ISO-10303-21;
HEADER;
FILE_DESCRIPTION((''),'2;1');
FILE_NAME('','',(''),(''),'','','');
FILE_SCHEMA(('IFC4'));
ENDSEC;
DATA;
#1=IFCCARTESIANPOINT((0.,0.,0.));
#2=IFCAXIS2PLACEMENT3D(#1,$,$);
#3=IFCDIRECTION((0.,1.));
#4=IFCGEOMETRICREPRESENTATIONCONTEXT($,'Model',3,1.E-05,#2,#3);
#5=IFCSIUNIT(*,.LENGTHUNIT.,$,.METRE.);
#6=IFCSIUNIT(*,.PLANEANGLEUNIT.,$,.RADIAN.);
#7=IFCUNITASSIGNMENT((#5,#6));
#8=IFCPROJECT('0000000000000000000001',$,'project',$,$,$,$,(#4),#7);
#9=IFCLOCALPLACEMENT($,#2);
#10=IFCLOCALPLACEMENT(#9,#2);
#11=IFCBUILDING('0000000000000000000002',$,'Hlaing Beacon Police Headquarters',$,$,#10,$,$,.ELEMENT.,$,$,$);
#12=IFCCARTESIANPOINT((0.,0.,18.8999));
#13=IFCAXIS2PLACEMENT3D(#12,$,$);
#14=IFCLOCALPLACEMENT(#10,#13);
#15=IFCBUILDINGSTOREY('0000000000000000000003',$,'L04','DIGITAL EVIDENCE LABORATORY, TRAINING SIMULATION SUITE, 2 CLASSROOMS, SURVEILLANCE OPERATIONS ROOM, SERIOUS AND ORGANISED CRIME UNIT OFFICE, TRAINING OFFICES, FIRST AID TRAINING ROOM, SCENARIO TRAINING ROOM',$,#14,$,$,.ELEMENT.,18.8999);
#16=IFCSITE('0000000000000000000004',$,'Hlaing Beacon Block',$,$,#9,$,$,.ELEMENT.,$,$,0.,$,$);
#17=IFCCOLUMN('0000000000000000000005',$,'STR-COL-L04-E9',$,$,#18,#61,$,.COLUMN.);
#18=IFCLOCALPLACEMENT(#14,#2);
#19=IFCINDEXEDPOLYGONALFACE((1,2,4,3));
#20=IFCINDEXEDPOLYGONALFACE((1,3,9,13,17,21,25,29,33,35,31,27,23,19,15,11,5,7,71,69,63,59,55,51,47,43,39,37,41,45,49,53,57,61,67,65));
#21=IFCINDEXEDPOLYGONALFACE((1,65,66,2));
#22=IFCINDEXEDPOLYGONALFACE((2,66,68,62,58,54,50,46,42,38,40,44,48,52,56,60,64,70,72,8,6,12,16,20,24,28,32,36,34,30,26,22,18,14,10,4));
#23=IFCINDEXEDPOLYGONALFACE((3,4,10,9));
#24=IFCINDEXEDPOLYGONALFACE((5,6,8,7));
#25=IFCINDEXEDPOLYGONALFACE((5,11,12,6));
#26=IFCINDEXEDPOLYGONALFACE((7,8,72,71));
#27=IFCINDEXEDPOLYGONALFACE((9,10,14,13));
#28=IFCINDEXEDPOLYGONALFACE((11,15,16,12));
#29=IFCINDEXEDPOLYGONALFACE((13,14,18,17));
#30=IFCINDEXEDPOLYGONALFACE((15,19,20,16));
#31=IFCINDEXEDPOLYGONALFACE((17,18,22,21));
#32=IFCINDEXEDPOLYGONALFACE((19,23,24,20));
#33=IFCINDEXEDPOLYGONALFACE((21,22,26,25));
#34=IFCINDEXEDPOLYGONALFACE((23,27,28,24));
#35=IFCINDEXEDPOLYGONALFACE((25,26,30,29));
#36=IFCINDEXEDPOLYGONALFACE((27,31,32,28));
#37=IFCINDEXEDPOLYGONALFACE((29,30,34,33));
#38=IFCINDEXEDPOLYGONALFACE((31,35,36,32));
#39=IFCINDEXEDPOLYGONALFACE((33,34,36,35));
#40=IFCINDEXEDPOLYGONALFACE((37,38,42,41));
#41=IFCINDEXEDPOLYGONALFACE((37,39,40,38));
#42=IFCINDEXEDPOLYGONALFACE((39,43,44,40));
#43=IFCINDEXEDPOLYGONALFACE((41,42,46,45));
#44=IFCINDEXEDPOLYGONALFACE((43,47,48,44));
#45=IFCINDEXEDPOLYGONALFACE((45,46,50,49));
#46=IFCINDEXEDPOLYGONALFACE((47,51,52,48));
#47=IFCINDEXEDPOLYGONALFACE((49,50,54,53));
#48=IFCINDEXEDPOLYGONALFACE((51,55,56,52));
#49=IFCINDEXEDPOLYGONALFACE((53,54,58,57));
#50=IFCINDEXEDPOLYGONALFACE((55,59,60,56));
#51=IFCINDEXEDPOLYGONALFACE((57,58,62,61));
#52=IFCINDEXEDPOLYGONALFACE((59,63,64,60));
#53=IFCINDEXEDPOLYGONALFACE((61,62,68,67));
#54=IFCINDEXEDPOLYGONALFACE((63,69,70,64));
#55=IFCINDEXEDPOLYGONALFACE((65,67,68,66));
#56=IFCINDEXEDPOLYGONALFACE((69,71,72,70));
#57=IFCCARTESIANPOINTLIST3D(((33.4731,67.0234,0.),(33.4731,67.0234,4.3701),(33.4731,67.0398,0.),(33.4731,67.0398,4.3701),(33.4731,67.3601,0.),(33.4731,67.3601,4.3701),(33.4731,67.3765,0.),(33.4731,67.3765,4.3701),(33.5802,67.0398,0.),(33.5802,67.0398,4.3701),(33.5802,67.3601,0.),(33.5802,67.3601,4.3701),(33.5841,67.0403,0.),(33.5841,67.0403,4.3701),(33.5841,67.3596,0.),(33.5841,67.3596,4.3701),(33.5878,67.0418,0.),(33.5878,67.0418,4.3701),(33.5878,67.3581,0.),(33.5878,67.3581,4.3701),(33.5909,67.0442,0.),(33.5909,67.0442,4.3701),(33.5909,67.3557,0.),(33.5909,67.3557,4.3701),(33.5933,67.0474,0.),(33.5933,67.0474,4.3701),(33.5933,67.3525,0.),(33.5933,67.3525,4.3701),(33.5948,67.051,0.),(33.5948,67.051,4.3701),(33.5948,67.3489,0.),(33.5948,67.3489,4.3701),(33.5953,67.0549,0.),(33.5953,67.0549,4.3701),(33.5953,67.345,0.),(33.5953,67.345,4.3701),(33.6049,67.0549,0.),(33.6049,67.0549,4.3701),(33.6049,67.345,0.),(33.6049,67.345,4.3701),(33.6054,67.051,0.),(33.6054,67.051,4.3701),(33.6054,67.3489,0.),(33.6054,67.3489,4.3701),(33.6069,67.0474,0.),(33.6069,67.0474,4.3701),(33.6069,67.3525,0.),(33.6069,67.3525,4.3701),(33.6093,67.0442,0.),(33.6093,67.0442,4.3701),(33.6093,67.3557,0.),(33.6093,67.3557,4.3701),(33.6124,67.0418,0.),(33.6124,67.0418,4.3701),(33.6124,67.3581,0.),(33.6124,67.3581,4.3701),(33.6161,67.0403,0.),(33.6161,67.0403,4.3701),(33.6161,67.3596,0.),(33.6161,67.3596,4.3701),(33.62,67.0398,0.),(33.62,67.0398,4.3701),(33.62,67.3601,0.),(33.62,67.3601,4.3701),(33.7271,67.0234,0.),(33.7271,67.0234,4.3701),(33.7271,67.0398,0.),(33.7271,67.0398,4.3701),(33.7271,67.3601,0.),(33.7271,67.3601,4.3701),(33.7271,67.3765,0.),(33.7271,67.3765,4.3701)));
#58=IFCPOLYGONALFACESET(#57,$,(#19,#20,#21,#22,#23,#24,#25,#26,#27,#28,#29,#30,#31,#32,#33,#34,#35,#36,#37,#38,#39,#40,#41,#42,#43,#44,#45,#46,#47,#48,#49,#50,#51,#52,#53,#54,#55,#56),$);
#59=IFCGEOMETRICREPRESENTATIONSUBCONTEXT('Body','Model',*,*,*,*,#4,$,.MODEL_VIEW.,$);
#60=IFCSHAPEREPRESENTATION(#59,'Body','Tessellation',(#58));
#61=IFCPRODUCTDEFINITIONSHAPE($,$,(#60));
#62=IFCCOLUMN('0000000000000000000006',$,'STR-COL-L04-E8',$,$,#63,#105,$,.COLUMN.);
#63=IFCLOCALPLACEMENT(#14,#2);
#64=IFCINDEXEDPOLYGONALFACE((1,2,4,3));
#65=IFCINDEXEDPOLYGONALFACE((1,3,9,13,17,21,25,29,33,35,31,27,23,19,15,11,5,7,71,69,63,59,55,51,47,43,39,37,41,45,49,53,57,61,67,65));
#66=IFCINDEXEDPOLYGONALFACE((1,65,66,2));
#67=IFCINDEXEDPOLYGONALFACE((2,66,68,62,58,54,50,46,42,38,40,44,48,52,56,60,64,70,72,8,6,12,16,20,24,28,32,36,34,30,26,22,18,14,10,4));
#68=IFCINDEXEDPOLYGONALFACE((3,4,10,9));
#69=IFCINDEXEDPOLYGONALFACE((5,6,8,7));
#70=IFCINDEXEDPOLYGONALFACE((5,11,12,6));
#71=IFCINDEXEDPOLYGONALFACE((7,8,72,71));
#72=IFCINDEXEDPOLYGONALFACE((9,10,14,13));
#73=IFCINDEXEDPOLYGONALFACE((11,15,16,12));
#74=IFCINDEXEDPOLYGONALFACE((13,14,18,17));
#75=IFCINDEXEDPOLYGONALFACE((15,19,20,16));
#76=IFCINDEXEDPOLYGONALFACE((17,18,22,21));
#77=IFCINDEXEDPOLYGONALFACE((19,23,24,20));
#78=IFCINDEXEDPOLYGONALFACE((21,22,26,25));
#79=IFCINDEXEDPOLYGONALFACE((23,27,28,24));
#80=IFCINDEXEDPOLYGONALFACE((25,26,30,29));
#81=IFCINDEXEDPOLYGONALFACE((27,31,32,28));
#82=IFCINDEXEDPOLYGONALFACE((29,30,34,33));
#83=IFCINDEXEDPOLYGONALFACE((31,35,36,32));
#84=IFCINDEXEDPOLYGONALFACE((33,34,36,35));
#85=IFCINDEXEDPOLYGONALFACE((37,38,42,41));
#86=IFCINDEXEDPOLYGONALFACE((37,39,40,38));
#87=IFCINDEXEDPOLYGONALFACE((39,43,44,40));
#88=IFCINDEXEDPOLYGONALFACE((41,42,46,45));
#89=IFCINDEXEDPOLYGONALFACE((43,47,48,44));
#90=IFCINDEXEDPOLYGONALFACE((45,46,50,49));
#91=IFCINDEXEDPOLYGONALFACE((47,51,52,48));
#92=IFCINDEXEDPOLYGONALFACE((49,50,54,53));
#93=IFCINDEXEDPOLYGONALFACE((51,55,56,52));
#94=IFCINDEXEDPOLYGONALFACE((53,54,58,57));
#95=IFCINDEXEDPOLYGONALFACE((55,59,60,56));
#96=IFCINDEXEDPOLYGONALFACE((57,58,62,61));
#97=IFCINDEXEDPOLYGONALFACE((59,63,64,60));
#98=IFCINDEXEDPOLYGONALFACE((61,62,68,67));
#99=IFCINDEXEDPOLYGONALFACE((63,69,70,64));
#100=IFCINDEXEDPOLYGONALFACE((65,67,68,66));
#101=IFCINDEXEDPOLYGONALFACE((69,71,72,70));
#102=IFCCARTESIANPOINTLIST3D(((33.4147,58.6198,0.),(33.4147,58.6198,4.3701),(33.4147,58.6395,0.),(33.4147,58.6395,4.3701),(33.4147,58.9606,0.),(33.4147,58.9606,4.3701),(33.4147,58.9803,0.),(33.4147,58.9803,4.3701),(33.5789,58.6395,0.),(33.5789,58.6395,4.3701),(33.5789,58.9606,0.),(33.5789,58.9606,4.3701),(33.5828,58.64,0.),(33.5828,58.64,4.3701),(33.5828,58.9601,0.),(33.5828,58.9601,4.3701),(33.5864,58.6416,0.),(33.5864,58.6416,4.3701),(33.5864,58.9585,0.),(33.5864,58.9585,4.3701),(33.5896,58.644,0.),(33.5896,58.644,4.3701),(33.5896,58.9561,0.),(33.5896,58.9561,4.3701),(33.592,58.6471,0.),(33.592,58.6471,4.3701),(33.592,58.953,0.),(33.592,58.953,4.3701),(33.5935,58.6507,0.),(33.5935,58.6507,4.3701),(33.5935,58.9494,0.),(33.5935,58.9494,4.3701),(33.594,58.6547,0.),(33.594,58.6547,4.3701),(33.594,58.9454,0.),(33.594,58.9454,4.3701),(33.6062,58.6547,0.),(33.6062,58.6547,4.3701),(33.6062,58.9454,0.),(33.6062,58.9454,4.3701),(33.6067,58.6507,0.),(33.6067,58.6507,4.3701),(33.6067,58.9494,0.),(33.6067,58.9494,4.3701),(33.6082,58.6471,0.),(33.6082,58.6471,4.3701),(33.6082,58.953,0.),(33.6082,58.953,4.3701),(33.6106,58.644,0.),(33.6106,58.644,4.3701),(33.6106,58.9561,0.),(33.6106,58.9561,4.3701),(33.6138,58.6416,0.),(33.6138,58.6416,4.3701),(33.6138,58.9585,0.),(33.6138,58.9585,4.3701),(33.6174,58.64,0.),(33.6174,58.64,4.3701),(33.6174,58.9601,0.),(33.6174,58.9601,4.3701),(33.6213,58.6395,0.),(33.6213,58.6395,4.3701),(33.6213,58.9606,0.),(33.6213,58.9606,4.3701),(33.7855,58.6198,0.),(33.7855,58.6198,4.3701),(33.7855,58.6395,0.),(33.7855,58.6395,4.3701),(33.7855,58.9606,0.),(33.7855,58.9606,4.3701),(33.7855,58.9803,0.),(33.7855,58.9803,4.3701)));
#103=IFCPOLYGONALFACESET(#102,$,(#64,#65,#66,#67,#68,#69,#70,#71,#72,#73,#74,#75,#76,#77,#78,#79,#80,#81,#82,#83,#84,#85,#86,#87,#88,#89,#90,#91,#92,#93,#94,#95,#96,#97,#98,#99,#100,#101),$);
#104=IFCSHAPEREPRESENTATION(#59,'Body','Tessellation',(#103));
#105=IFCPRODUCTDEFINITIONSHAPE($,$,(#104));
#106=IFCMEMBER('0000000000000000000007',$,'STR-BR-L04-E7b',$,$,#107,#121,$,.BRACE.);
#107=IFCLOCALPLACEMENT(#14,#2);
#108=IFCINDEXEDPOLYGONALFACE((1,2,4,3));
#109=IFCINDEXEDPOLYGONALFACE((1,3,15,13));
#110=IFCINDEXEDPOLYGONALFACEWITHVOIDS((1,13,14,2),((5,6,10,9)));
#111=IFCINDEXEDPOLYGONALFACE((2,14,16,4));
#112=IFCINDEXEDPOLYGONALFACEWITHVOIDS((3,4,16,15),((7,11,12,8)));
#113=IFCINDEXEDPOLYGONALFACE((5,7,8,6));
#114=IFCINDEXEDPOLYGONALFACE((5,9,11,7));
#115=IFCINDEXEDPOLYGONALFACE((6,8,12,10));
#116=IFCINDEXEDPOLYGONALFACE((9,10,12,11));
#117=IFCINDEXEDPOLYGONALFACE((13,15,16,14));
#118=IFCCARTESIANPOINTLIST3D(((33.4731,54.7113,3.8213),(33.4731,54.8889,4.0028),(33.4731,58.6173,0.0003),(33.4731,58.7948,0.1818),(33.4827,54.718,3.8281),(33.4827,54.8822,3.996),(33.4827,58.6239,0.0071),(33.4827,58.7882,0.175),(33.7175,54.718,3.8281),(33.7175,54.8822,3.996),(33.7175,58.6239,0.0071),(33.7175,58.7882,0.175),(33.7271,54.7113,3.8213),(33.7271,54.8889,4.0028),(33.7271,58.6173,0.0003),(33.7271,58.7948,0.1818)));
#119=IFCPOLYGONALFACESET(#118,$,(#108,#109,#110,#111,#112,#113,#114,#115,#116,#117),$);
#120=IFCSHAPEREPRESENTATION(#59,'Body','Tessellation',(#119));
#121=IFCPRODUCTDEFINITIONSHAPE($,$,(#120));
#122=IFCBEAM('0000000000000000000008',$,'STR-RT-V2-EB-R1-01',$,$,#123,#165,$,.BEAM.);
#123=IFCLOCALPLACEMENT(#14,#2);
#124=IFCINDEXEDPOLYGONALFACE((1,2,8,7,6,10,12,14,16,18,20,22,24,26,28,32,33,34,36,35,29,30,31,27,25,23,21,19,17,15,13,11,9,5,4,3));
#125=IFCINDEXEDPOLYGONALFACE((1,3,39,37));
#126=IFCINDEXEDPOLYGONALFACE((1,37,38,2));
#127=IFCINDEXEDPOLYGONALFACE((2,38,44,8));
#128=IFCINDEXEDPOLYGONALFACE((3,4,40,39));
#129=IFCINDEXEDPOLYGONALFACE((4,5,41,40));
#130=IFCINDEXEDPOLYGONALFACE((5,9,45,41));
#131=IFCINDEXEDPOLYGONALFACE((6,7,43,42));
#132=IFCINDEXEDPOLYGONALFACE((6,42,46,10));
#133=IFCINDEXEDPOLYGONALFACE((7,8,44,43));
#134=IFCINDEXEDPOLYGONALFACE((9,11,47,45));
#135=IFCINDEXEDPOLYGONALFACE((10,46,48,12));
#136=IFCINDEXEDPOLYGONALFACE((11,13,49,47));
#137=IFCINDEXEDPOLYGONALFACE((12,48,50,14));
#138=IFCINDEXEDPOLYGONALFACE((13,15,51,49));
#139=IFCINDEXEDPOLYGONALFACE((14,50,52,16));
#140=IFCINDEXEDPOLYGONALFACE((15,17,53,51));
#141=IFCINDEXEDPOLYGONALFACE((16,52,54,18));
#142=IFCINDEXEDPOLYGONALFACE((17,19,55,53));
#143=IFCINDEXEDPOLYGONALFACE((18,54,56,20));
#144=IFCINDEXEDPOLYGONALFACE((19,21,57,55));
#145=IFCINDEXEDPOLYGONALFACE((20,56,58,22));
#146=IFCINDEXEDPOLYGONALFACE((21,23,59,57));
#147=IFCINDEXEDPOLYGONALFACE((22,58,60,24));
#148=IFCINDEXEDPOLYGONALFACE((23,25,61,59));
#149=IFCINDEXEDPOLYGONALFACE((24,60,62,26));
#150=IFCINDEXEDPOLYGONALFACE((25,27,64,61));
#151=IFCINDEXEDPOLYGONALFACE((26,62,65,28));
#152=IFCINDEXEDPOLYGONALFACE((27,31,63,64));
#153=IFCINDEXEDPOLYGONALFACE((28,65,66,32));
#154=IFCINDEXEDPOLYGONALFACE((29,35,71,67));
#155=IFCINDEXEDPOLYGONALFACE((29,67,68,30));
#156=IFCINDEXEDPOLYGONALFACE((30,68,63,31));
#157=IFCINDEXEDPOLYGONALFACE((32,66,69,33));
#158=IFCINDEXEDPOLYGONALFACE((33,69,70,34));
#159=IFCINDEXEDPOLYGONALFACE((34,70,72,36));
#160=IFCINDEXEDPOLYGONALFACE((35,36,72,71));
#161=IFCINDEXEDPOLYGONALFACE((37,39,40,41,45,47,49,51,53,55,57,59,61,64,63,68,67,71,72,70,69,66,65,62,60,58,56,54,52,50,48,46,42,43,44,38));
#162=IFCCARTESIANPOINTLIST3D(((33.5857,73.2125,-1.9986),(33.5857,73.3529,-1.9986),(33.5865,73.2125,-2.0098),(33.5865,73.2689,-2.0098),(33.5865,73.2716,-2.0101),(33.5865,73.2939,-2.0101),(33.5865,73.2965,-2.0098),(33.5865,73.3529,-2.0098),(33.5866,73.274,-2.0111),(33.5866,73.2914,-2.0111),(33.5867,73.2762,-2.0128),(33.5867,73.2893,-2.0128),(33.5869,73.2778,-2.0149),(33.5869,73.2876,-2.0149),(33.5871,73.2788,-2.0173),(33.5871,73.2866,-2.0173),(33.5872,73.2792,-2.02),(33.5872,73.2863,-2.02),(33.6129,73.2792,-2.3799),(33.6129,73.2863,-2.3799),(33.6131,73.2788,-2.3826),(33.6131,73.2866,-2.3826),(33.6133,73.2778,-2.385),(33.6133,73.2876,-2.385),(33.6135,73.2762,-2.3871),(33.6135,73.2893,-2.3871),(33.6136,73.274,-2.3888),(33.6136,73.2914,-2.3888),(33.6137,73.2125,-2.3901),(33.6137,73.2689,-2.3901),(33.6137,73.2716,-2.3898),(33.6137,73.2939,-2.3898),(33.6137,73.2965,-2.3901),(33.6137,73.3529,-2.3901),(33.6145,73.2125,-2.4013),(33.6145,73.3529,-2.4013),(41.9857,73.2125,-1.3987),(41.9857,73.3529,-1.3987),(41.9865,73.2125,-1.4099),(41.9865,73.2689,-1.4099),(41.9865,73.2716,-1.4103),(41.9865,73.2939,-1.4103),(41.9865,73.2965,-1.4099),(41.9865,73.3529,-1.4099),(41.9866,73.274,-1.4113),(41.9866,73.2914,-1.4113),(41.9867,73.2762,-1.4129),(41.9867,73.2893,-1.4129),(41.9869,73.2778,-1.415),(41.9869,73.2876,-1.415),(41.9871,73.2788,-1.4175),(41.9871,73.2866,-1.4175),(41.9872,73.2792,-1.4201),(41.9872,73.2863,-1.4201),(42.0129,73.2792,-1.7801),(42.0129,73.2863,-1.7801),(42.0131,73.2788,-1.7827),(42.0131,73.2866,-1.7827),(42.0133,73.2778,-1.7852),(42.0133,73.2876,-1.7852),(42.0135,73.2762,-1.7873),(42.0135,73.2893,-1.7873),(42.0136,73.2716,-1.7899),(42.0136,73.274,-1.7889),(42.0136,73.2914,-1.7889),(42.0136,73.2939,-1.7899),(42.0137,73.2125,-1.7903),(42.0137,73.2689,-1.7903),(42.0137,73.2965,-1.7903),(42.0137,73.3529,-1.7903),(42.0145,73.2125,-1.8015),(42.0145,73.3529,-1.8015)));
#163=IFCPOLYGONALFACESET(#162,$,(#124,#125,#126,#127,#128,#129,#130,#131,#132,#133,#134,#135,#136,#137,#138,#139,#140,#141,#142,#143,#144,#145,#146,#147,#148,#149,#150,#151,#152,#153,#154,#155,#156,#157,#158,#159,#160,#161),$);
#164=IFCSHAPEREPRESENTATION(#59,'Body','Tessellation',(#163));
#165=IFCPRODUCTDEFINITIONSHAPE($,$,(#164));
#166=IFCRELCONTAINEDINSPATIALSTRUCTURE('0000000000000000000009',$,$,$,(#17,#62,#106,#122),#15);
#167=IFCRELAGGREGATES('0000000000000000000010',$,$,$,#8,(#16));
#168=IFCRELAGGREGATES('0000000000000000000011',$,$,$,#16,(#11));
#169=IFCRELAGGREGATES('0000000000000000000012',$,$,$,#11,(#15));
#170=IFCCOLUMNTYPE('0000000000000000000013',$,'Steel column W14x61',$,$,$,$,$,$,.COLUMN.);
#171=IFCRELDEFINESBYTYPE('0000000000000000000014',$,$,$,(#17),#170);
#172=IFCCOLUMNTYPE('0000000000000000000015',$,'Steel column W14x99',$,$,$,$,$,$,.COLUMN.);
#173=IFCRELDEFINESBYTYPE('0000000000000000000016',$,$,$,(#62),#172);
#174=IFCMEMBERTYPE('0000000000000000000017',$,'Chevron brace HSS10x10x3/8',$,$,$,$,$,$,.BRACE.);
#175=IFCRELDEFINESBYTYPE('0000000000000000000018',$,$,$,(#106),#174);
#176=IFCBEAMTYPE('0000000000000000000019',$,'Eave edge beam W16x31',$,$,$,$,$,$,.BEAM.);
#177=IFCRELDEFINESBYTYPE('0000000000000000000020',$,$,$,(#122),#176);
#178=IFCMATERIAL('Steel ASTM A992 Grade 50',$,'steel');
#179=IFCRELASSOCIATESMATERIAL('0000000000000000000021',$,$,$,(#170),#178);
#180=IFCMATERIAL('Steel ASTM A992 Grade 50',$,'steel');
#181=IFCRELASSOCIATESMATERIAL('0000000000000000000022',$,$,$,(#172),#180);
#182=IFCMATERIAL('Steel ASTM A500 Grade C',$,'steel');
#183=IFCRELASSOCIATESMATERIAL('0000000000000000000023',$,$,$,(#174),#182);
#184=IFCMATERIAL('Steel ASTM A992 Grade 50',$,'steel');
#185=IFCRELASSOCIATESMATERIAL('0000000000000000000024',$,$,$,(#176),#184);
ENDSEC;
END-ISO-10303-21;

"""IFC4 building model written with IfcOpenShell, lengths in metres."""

from ifc_helpers import new_model, si_unit, direction, frame, origin, origin_2d, place, context, subcontext, project, spatial, hollow_rectangle, i_section, extrude, material, material_profile, profile_set, type_object, element, save


model = new_model("IFC4")

# Units and contexts
model_context = context("Model", 3, precision=1e-05, world=origin(), true_north=direction((0.0, 1.0)))
body_context = subcontext(model_context, "Body", "Model", "MODEL_VIEW")
ifc_project = project(units=[si_unit("LENGTHUNIT", "METRE"), si_unit("PLANEANGLEUNIT", "RADIAN")], contexts=[model_context])

# Site, building, storey
site_placement = place(None, origin())
site = spatial("IfcSite", under=ifc_project, at=site_placement, Name="Hlaing Beacon Block", CompositionType="ELEMENT", RefElevation=0.0)
building_placement = place(site_placement, origin())
building = spatial("IfcBuilding", under=site, at=building_placement, Name="Hlaing Beacon Police Headquarters", CompositionType="ELEMENT")
storey_placement = place(building_placement, frame((0.0, 0.0, 18.8999)))
storey = spatial("IfcBuildingStorey", under=building, at=storey_placement, Name="L04", Description="DIGITAL EVIDENCE LABORATORY, TRAINING SIMULATION SUITE, 2 CLASSROOMS, SURVEILLANCE OPERATIONS ROOM, SERIOUS AND ORGANISED CRIME UNIT OFFICE, TRAINING OFFICES, FIRST AID TRAINING ROOM, SCENARIO TRAINING ROOM", CompositionType="ELEMENT", Elevation=18.8999)

# Columns
ifc_material_1 = material(Name="Steel ASTM A992 Grade 50", Category="steel")
ifc_material_profile_1 = material_profile(ifc_material_1, i_section(OverallWidth=0.2539, OverallDepth=0.353, WebThickness=0.0095, FlangeThickness=0.0164, FilletRadius=0.0151, at=origin_2d()), Name="W14x61")
ifc_profile_set_1 = profile_set([ifc_material_profile_1], Name="Steel ASTM A992 Grade 50")
column_type_1 = type_object("IfcColumnType", Name="Steel column W14x61", PredefinedType="COLUMN", material=ifc_profile_set_1)
column_1_placement = place(storey_placement, frame((33.6001, 67.2, 0.0), z_axis=(0.0, 0.0, 1.0), x_axis=(1.0, 0.0, 0.0)))
element("IfcColumn", 1, at=column_1_placement, inside=storey, type_object=column_type_1, Name="STR-COL-L04-E9", PredefinedType="COLUMN", context=body_context, shape_type="SweptSolid", body=[
    extrude(i_section(OverallWidth=0.2539, OverallDepth=0.353, WebThickness=0.0095, FlangeThickness=0.0164, FilletRadius=0.0151, at=origin_2d()), origin(), (0.0, 0.0, 1.0), 4.3701),
])
ifc_material_2 = material(Name="Steel ASTM A992 Grade 50", Category="steel")
ifc_material_profile_2 = material_profile(ifc_material_2, i_section(OverallWidth=0.3708, OverallDepth=0.3606, WebThickness=0.0122, FlangeThickness=0.0198, FilletRadius=0.0151, at=origin_2d()), Name="W14x99")
ifc_profile_set_2 = profile_set([ifc_material_profile_2], Name="Steel ASTM A992 Grade 50")
column_type_2 = type_object("IfcColumnType", Name="Steel column W14x99", PredefinedType="COLUMN", material=ifc_profile_set_2)
column_2_placement = place(storey_placement, frame((33.6001, 58.8, 0.0), z_axis=(0.0, 0.0, 1.0), x_axis=(1.0, 0.0, 0.0)))
element("IfcColumn", 2, at=column_2_placement, inside=storey, type_object=column_type_2, Name="STR-COL-L04-E8", PredefinedType="COLUMN", context=body_context, shape_type="SweptSolid", body=[
    extrude(i_section(OverallWidth=0.3708, OverallDepth=0.3606, WebThickness=0.0122, FlangeThickness=0.0198, FilletRadius=0.0151, at=origin_2d()), origin(), (0.0, 0.0, 1.0), 4.3701),
])

# Member
ifc_material_3 = material(Name="Steel ASTM A500 Grade C", Category="steel")
ifc_material_profile_3 = material_profile(ifc_material_3, hollow_rectangle(XDim=0.2539, YDim=0.2539, WallThickness=0.0095, at=origin_2d()), Name="HSS10x10x3/8")
ifc_profile_set_3 = profile_set([ifc_material_profile_3], Name="Steel ASTM A500 Grade C")
member_type = type_object("IfcMemberType", Name="Chevron brace HSS10x10x3/8", PredefinedType="BRACE", material=ifc_profile_set_3)
member_placement = place(storey_placement, frame((33.6001, 58.7061, 0.0911), z_axis=(0.0, -0.714838, 0.69929), x_axis=(1.0, 0.0, 0.0)))
element("IfcMember", 3, at=member_placement, inside=storey, type_object=member_type, Name="STR-BR-L04-E7b", PredefinedType="BRACE", context=body_context, shape_type="SweptSolid", body=[
    extrude(hollow_rectangle(XDim=0.2539, YDim=0.2539, WallThickness=0.0095, at=origin_2d()), origin(), (0.0, 0.0, 1.0), 5.4641),
])

# Beam
ifc_material_4 = material(Name="Steel ASTM A992 Grade 50", Category="steel")
ifc_material_profile_4 = material_profile(ifc_material_4, i_section(OverallWidth=0.1404, OverallDepth=0.4038, WebThickness=0.0071, FlangeThickness=0.0112, FilletRadius=0.0103, at=origin_2d()), Name="W16x31")
ifc_profile_set_4 = profile_set([ifc_material_profile_4], Name="Steel ASTM A992 Grade 50")
beam_type_1 = type_object("IfcBeamType", Name="Eave edge beam W16x31", PredefinedType="BEAM", material=ifc_profile_set_4)
beam_1_placement = place(storey_placement, frame((33.6001, 73.2827, -2.2), z_axis=(0.99746, 0.0, 0.071231), x_axis=(0.0, 1.0, 0.0)))
element("IfcBeam", 4, at=beam_1_placement, inside=storey, type_object=beam_type_1, Name="STR-RT-V2-EB-R1-01", PredefinedType="BEAM", context=body_context, shape_type="SweptSolid", body=[
    extrude(i_section(OverallWidth=0.1404, OverallDepth=0.4038, WebThickness=0.0071, FlangeThickness=0.0112, FilletRadius=0.0103, at=origin_2d()), origin(), (0.0, 0.0, 1.0), 8.4214),
])

save(model, "model.ifc")
